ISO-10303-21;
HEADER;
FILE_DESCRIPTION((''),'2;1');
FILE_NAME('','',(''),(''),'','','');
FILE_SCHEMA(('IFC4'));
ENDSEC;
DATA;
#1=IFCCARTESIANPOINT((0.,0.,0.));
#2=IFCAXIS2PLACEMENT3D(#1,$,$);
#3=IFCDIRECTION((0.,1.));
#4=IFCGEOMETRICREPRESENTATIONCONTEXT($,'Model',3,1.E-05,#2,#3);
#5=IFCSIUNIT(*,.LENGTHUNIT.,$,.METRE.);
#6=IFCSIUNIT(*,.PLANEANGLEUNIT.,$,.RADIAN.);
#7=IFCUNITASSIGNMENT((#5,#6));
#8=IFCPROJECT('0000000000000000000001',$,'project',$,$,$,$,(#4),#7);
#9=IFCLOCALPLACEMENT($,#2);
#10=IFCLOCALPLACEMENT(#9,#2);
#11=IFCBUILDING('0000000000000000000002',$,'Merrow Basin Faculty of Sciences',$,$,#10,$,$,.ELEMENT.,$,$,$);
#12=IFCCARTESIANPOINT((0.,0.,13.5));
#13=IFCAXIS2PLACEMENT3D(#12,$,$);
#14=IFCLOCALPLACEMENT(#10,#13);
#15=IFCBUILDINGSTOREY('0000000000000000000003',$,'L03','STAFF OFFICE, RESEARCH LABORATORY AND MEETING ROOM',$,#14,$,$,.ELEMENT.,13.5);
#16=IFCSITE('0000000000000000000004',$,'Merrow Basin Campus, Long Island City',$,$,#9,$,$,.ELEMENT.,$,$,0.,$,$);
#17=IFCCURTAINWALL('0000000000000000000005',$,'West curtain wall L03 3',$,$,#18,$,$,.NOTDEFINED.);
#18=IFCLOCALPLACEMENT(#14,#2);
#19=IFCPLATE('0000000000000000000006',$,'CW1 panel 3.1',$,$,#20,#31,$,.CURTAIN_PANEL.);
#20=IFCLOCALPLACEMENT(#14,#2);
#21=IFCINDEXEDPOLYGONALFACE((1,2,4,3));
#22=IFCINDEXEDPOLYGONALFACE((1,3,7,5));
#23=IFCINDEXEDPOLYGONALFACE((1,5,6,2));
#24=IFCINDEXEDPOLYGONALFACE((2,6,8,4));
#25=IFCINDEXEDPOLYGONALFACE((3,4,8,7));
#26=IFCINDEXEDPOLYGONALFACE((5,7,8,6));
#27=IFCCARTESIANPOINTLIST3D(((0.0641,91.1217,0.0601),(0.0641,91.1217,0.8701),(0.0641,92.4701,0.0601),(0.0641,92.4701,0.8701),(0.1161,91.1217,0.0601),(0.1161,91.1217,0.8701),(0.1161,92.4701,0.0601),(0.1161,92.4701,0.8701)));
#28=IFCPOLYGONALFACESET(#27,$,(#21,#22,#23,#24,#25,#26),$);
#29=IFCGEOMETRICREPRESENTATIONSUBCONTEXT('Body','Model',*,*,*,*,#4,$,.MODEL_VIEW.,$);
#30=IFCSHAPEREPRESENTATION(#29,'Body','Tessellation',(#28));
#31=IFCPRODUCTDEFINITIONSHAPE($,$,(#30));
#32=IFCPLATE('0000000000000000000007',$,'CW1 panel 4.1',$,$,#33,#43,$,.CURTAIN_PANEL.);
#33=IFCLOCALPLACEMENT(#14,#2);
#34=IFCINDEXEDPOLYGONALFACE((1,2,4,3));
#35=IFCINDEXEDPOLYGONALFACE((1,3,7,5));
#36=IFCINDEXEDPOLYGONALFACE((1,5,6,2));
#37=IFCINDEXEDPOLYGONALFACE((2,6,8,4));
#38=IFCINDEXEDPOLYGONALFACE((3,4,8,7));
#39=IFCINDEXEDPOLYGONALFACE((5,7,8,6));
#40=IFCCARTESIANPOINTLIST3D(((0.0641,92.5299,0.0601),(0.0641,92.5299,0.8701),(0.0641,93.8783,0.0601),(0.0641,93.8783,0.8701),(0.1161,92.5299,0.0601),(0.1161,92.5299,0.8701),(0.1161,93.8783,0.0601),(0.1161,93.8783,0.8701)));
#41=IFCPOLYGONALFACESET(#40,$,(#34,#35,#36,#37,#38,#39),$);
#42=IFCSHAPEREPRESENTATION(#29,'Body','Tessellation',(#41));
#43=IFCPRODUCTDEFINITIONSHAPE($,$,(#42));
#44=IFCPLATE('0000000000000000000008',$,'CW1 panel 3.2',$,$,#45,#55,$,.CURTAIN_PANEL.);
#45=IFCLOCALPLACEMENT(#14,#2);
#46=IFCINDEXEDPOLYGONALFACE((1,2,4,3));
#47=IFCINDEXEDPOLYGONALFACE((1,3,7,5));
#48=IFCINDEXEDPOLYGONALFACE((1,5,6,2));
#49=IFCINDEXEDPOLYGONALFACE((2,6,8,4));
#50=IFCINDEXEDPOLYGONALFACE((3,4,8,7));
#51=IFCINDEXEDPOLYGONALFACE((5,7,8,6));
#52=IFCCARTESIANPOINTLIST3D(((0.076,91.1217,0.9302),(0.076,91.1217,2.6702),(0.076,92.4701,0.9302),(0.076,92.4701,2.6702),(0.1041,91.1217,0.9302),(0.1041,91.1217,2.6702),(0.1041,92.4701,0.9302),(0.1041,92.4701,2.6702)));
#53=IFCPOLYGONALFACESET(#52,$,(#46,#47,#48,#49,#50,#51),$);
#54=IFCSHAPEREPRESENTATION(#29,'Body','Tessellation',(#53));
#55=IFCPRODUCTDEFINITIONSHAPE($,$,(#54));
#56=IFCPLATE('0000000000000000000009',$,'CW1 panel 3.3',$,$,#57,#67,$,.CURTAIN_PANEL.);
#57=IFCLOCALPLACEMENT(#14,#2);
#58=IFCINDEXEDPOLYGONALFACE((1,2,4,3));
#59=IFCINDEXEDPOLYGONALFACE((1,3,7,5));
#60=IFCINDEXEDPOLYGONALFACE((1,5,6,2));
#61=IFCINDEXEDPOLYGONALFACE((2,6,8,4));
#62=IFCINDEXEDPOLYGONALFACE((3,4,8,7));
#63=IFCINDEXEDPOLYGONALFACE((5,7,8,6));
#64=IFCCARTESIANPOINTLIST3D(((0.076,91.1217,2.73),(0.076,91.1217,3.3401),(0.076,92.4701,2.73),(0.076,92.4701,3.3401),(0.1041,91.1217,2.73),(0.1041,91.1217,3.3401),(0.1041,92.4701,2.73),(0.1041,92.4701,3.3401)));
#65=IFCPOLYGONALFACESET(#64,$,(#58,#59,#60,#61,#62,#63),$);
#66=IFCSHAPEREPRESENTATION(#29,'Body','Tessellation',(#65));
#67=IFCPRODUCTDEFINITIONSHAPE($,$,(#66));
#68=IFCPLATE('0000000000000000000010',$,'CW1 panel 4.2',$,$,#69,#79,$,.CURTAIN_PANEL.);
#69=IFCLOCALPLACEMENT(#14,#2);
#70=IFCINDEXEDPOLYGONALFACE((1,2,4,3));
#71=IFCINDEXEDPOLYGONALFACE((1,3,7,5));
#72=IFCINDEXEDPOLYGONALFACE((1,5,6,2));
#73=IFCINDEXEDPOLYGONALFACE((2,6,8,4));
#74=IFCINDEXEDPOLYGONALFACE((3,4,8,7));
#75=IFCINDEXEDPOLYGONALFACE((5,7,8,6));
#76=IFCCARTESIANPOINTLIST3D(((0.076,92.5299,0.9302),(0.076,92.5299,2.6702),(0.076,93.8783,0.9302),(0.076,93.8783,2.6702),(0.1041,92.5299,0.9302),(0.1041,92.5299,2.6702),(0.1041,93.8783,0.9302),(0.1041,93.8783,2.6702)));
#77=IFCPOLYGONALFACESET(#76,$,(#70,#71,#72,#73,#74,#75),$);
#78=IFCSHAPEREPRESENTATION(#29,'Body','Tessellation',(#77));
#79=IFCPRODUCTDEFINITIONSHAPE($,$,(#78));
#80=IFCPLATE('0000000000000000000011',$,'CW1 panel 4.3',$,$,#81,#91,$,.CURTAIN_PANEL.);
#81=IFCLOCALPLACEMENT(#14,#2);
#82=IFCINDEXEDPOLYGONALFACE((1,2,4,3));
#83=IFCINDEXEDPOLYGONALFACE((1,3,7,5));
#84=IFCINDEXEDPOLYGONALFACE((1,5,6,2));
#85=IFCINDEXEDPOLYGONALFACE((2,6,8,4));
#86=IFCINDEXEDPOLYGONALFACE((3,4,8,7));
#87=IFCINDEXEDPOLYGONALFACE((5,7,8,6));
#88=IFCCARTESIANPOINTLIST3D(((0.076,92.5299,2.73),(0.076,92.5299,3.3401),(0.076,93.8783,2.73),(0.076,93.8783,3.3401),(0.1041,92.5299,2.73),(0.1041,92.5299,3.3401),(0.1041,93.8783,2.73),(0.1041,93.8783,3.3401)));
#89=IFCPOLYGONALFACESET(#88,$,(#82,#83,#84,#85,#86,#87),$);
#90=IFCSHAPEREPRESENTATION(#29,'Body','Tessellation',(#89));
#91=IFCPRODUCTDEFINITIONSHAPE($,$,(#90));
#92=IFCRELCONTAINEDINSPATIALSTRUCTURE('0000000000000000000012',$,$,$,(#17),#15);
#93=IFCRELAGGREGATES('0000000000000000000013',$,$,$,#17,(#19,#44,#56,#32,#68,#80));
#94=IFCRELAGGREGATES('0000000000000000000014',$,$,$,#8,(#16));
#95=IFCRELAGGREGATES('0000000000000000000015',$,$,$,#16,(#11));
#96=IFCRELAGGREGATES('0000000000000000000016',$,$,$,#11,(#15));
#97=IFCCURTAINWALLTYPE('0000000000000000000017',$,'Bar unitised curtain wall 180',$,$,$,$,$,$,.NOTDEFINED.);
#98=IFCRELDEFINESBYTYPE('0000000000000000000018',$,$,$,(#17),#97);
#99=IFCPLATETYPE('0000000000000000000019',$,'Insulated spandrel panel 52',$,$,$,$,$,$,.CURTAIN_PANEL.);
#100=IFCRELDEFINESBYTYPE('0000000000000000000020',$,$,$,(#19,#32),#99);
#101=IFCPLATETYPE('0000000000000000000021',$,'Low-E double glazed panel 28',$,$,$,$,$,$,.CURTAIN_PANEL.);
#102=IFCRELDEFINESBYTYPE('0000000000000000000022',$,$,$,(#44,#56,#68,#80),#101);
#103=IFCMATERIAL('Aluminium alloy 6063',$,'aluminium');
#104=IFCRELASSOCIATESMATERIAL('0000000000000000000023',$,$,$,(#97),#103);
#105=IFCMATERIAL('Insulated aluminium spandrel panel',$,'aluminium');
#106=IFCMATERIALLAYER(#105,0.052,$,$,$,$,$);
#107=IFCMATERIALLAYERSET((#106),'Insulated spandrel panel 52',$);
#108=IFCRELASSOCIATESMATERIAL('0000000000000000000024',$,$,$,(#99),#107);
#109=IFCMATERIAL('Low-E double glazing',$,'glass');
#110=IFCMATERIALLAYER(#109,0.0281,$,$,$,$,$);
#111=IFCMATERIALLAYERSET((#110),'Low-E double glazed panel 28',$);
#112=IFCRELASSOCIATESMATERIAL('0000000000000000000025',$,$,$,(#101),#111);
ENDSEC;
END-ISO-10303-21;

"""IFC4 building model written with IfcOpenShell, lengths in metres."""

from ifc_helpers import new_model, si_unit, direction, frame, origin, origin_2d, place, context, subcontext, project, spatial, rectangle, extrude, material, layer, layer_set, type_object, element, aggregate, save


model = new_model("IFC4")

# Units and contexts
model_context = context("Model", 3, precision=1e-05, world=origin(), true_north=direction((0.0, 1.0)))
body_context = subcontext(model_context, "Body", "Model", "MODEL_VIEW")
ifc_project = project(units=[si_unit("LENGTHUNIT", "METRE"), si_unit("PLANEANGLEUNIT", "RADIAN")], contexts=[model_context])

# Site, building, storey
site_placement = place(None, origin())
site = spatial("IfcSite", under=ifc_project, at=site_placement, Name="Merrow Basin Campus, Long Island City", CompositionType="ELEMENT", RefElevation=0.0)
building_placement = place(site_placement, origin())
building = spatial("IfcBuilding", under=site, at=building_placement, Name="Merrow Basin Faculty of Sciences", CompositionType="ELEMENT")
storey_placement = place(building_placement, frame((0.0, 0.0, 13.5)))
storey = spatial("IfcBuildingStorey", under=building, at=storey_placement, Name="L03", Description="STAFF OFFICE, RESEARCH LABORATORY AND MEETING ROOM", CompositionType="ELEMENT", Elevation=13.5)

# Curtain wall, plates
ifc_material_1 = material(Name="Aluminium alloy 6063", Category="aluminium")
curtain_wall_type = type_object("IfcCurtainWallType", Name="Bar unitised curtain wall 180", PredefinedType="NOTDEFINED", material=ifc_material_1)
curtain_wall_placement = place(storey_placement, origin())
curtain_wall = element("IfcCurtainWall", 1, at=curtain_wall_placement, inside=storey, type_object=curtain_wall_type, Name="West curtain wall L03 3", PredefinedType="NOTDEFINED")
ifc_material_2 = material(Name="Insulated aluminium spandrel panel", Category="aluminium")
ifc_layer_1 = layer(ifc_material_2, 0.052)
ifc_layer_set_1 = layer_set([ifc_layer_1], Name="Insulated spandrel panel 52")
plate_type_1 = type_object("IfcPlateType", Name="Insulated spandrel panel 52", PredefinedType="CURTAIN_PANEL", material=ifc_layer_set_1)
plate_1_placement = place(storey_placement, frame((0.0901, 91.7959, 0.0601), z_axis=(0.0, 0.0, 1.0), x_axis=(0.0, 1.0, 0.0)))
plate_1 = element("IfcPlate", 2, at=plate_1_placement, type_object=plate_type_1, Name="CW1 panel 3.1", PredefinedType="CURTAIN_PANEL", context=body_context, shape_type="SweptSolid", body=[
    extrude(rectangle(XDim=1.3484, YDim=0.052, at=origin_2d()), origin(), (0.0, 0.0, 1.0), 0.8101),
])
plate_2_placement = place(storey_placement, frame((0.0901, 93.2041, 0.0601), z_axis=(0.0, 0.0, 1.0), x_axis=(0.0, 1.0, 0.0)))
plate_2 = element("IfcPlate", 3, at=plate_2_placement, type_object=plate_type_1, Name="CW1 panel 4.1", PredefinedType="CURTAIN_PANEL", context=body_context, shape_type="SweptSolid", body=[
    extrude(rectangle(XDim=1.3484, YDim=0.052, at=origin_2d()), origin(), (0.0, 0.0, 1.0), 0.8101),
])
ifc_material_3 = material(Name="Low-E double glazing", Category="glass")
ifc_layer_2 = layer(ifc_material_3, 0.0281)
ifc_layer_set_2 = layer_set([ifc_layer_2], Name="Low-E double glazed panel 28")
plate_type_2 = type_object("IfcPlateType", Name="Low-E double glazed panel 28", PredefinedType="CURTAIN_PANEL", material=ifc_layer_set_2)
plate_3_placement = place(storey_placement, frame((0.0901, 91.7959, 0.9302), z_axis=(0.0, 0.0, 1.0), x_axis=(0.0, 1.0, 0.0)))
plate_3 = element("IfcPlate", 4, at=plate_3_placement, type_object=plate_type_2, Name="CW1 panel 3.2", PredefinedType="CURTAIN_PANEL", context=body_context, shape_type="SweptSolid", body=[
    extrude(rectangle(XDim=1.3484, YDim=0.0281, at=origin_2d()), origin(), (0.0, 0.0, 1.0), 1.74),
])
plate_4_placement = place(storey_placement, frame((0.0901, 91.7959, 2.73), z_axis=(0.0, 0.0, 1.0), x_axis=(0.0, 1.0, 0.0)))
plate_4 = element("IfcPlate", 5, at=plate_4_placement, type_object=plate_type_2, Name="CW1 panel 3.3", PredefinedType="CURTAIN_PANEL", context=body_context, shape_type="SweptSolid", body=[
    extrude(rectangle(XDim=1.3484, YDim=0.0281, at=origin_2d()), origin(), (0.0, 0.0, 1.0), 0.6101),
])
plate_5_placement = place(storey_placement, frame((0.0901, 93.2041, 0.9302), z_axis=(0.0, 0.0, 1.0), x_axis=(0.0, 1.0, 0.0)))
plate_5 = element("IfcPlate", 6, at=plate_5_placement, type_object=plate_type_2, Name="CW1 panel 4.2", PredefinedType="CURTAIN_PANEL", context=body_context, shape_type="SweptSolid", body=[
    extrude(rectangle(XDim=1.3484, YDim=0.0281, at=origin_2d()), origin(), (0.0, 0.0, 1.0), 1.74),
])
plate_6_placement = place(storey_placement, frame((0.0901, 93.2041, 2.73), z_axis=(0.0, 0.0, 1.0), x_axis=(0.0, 1.0, 0.0)))
plate_6 = element("IfcPlate", 7, at=plate_6_placement, type_object=plate_type_2, Name="CW1 panel 4.3", PredefinedType="CURTAIN_PANEL", context=body_context, shape_type="SweptSolid", body=[
    extrude(rectangle(XDim=1.3484, YDim=0.0281, at=origin_2d()), origin(), (0.0, 0.0, 1.0), 0.6101),
])
aggregate(curtain_wall, [plate_1, plate_3, plate_4, plate_2, plate_5, plate_6])

save(model, "model.ifc")
